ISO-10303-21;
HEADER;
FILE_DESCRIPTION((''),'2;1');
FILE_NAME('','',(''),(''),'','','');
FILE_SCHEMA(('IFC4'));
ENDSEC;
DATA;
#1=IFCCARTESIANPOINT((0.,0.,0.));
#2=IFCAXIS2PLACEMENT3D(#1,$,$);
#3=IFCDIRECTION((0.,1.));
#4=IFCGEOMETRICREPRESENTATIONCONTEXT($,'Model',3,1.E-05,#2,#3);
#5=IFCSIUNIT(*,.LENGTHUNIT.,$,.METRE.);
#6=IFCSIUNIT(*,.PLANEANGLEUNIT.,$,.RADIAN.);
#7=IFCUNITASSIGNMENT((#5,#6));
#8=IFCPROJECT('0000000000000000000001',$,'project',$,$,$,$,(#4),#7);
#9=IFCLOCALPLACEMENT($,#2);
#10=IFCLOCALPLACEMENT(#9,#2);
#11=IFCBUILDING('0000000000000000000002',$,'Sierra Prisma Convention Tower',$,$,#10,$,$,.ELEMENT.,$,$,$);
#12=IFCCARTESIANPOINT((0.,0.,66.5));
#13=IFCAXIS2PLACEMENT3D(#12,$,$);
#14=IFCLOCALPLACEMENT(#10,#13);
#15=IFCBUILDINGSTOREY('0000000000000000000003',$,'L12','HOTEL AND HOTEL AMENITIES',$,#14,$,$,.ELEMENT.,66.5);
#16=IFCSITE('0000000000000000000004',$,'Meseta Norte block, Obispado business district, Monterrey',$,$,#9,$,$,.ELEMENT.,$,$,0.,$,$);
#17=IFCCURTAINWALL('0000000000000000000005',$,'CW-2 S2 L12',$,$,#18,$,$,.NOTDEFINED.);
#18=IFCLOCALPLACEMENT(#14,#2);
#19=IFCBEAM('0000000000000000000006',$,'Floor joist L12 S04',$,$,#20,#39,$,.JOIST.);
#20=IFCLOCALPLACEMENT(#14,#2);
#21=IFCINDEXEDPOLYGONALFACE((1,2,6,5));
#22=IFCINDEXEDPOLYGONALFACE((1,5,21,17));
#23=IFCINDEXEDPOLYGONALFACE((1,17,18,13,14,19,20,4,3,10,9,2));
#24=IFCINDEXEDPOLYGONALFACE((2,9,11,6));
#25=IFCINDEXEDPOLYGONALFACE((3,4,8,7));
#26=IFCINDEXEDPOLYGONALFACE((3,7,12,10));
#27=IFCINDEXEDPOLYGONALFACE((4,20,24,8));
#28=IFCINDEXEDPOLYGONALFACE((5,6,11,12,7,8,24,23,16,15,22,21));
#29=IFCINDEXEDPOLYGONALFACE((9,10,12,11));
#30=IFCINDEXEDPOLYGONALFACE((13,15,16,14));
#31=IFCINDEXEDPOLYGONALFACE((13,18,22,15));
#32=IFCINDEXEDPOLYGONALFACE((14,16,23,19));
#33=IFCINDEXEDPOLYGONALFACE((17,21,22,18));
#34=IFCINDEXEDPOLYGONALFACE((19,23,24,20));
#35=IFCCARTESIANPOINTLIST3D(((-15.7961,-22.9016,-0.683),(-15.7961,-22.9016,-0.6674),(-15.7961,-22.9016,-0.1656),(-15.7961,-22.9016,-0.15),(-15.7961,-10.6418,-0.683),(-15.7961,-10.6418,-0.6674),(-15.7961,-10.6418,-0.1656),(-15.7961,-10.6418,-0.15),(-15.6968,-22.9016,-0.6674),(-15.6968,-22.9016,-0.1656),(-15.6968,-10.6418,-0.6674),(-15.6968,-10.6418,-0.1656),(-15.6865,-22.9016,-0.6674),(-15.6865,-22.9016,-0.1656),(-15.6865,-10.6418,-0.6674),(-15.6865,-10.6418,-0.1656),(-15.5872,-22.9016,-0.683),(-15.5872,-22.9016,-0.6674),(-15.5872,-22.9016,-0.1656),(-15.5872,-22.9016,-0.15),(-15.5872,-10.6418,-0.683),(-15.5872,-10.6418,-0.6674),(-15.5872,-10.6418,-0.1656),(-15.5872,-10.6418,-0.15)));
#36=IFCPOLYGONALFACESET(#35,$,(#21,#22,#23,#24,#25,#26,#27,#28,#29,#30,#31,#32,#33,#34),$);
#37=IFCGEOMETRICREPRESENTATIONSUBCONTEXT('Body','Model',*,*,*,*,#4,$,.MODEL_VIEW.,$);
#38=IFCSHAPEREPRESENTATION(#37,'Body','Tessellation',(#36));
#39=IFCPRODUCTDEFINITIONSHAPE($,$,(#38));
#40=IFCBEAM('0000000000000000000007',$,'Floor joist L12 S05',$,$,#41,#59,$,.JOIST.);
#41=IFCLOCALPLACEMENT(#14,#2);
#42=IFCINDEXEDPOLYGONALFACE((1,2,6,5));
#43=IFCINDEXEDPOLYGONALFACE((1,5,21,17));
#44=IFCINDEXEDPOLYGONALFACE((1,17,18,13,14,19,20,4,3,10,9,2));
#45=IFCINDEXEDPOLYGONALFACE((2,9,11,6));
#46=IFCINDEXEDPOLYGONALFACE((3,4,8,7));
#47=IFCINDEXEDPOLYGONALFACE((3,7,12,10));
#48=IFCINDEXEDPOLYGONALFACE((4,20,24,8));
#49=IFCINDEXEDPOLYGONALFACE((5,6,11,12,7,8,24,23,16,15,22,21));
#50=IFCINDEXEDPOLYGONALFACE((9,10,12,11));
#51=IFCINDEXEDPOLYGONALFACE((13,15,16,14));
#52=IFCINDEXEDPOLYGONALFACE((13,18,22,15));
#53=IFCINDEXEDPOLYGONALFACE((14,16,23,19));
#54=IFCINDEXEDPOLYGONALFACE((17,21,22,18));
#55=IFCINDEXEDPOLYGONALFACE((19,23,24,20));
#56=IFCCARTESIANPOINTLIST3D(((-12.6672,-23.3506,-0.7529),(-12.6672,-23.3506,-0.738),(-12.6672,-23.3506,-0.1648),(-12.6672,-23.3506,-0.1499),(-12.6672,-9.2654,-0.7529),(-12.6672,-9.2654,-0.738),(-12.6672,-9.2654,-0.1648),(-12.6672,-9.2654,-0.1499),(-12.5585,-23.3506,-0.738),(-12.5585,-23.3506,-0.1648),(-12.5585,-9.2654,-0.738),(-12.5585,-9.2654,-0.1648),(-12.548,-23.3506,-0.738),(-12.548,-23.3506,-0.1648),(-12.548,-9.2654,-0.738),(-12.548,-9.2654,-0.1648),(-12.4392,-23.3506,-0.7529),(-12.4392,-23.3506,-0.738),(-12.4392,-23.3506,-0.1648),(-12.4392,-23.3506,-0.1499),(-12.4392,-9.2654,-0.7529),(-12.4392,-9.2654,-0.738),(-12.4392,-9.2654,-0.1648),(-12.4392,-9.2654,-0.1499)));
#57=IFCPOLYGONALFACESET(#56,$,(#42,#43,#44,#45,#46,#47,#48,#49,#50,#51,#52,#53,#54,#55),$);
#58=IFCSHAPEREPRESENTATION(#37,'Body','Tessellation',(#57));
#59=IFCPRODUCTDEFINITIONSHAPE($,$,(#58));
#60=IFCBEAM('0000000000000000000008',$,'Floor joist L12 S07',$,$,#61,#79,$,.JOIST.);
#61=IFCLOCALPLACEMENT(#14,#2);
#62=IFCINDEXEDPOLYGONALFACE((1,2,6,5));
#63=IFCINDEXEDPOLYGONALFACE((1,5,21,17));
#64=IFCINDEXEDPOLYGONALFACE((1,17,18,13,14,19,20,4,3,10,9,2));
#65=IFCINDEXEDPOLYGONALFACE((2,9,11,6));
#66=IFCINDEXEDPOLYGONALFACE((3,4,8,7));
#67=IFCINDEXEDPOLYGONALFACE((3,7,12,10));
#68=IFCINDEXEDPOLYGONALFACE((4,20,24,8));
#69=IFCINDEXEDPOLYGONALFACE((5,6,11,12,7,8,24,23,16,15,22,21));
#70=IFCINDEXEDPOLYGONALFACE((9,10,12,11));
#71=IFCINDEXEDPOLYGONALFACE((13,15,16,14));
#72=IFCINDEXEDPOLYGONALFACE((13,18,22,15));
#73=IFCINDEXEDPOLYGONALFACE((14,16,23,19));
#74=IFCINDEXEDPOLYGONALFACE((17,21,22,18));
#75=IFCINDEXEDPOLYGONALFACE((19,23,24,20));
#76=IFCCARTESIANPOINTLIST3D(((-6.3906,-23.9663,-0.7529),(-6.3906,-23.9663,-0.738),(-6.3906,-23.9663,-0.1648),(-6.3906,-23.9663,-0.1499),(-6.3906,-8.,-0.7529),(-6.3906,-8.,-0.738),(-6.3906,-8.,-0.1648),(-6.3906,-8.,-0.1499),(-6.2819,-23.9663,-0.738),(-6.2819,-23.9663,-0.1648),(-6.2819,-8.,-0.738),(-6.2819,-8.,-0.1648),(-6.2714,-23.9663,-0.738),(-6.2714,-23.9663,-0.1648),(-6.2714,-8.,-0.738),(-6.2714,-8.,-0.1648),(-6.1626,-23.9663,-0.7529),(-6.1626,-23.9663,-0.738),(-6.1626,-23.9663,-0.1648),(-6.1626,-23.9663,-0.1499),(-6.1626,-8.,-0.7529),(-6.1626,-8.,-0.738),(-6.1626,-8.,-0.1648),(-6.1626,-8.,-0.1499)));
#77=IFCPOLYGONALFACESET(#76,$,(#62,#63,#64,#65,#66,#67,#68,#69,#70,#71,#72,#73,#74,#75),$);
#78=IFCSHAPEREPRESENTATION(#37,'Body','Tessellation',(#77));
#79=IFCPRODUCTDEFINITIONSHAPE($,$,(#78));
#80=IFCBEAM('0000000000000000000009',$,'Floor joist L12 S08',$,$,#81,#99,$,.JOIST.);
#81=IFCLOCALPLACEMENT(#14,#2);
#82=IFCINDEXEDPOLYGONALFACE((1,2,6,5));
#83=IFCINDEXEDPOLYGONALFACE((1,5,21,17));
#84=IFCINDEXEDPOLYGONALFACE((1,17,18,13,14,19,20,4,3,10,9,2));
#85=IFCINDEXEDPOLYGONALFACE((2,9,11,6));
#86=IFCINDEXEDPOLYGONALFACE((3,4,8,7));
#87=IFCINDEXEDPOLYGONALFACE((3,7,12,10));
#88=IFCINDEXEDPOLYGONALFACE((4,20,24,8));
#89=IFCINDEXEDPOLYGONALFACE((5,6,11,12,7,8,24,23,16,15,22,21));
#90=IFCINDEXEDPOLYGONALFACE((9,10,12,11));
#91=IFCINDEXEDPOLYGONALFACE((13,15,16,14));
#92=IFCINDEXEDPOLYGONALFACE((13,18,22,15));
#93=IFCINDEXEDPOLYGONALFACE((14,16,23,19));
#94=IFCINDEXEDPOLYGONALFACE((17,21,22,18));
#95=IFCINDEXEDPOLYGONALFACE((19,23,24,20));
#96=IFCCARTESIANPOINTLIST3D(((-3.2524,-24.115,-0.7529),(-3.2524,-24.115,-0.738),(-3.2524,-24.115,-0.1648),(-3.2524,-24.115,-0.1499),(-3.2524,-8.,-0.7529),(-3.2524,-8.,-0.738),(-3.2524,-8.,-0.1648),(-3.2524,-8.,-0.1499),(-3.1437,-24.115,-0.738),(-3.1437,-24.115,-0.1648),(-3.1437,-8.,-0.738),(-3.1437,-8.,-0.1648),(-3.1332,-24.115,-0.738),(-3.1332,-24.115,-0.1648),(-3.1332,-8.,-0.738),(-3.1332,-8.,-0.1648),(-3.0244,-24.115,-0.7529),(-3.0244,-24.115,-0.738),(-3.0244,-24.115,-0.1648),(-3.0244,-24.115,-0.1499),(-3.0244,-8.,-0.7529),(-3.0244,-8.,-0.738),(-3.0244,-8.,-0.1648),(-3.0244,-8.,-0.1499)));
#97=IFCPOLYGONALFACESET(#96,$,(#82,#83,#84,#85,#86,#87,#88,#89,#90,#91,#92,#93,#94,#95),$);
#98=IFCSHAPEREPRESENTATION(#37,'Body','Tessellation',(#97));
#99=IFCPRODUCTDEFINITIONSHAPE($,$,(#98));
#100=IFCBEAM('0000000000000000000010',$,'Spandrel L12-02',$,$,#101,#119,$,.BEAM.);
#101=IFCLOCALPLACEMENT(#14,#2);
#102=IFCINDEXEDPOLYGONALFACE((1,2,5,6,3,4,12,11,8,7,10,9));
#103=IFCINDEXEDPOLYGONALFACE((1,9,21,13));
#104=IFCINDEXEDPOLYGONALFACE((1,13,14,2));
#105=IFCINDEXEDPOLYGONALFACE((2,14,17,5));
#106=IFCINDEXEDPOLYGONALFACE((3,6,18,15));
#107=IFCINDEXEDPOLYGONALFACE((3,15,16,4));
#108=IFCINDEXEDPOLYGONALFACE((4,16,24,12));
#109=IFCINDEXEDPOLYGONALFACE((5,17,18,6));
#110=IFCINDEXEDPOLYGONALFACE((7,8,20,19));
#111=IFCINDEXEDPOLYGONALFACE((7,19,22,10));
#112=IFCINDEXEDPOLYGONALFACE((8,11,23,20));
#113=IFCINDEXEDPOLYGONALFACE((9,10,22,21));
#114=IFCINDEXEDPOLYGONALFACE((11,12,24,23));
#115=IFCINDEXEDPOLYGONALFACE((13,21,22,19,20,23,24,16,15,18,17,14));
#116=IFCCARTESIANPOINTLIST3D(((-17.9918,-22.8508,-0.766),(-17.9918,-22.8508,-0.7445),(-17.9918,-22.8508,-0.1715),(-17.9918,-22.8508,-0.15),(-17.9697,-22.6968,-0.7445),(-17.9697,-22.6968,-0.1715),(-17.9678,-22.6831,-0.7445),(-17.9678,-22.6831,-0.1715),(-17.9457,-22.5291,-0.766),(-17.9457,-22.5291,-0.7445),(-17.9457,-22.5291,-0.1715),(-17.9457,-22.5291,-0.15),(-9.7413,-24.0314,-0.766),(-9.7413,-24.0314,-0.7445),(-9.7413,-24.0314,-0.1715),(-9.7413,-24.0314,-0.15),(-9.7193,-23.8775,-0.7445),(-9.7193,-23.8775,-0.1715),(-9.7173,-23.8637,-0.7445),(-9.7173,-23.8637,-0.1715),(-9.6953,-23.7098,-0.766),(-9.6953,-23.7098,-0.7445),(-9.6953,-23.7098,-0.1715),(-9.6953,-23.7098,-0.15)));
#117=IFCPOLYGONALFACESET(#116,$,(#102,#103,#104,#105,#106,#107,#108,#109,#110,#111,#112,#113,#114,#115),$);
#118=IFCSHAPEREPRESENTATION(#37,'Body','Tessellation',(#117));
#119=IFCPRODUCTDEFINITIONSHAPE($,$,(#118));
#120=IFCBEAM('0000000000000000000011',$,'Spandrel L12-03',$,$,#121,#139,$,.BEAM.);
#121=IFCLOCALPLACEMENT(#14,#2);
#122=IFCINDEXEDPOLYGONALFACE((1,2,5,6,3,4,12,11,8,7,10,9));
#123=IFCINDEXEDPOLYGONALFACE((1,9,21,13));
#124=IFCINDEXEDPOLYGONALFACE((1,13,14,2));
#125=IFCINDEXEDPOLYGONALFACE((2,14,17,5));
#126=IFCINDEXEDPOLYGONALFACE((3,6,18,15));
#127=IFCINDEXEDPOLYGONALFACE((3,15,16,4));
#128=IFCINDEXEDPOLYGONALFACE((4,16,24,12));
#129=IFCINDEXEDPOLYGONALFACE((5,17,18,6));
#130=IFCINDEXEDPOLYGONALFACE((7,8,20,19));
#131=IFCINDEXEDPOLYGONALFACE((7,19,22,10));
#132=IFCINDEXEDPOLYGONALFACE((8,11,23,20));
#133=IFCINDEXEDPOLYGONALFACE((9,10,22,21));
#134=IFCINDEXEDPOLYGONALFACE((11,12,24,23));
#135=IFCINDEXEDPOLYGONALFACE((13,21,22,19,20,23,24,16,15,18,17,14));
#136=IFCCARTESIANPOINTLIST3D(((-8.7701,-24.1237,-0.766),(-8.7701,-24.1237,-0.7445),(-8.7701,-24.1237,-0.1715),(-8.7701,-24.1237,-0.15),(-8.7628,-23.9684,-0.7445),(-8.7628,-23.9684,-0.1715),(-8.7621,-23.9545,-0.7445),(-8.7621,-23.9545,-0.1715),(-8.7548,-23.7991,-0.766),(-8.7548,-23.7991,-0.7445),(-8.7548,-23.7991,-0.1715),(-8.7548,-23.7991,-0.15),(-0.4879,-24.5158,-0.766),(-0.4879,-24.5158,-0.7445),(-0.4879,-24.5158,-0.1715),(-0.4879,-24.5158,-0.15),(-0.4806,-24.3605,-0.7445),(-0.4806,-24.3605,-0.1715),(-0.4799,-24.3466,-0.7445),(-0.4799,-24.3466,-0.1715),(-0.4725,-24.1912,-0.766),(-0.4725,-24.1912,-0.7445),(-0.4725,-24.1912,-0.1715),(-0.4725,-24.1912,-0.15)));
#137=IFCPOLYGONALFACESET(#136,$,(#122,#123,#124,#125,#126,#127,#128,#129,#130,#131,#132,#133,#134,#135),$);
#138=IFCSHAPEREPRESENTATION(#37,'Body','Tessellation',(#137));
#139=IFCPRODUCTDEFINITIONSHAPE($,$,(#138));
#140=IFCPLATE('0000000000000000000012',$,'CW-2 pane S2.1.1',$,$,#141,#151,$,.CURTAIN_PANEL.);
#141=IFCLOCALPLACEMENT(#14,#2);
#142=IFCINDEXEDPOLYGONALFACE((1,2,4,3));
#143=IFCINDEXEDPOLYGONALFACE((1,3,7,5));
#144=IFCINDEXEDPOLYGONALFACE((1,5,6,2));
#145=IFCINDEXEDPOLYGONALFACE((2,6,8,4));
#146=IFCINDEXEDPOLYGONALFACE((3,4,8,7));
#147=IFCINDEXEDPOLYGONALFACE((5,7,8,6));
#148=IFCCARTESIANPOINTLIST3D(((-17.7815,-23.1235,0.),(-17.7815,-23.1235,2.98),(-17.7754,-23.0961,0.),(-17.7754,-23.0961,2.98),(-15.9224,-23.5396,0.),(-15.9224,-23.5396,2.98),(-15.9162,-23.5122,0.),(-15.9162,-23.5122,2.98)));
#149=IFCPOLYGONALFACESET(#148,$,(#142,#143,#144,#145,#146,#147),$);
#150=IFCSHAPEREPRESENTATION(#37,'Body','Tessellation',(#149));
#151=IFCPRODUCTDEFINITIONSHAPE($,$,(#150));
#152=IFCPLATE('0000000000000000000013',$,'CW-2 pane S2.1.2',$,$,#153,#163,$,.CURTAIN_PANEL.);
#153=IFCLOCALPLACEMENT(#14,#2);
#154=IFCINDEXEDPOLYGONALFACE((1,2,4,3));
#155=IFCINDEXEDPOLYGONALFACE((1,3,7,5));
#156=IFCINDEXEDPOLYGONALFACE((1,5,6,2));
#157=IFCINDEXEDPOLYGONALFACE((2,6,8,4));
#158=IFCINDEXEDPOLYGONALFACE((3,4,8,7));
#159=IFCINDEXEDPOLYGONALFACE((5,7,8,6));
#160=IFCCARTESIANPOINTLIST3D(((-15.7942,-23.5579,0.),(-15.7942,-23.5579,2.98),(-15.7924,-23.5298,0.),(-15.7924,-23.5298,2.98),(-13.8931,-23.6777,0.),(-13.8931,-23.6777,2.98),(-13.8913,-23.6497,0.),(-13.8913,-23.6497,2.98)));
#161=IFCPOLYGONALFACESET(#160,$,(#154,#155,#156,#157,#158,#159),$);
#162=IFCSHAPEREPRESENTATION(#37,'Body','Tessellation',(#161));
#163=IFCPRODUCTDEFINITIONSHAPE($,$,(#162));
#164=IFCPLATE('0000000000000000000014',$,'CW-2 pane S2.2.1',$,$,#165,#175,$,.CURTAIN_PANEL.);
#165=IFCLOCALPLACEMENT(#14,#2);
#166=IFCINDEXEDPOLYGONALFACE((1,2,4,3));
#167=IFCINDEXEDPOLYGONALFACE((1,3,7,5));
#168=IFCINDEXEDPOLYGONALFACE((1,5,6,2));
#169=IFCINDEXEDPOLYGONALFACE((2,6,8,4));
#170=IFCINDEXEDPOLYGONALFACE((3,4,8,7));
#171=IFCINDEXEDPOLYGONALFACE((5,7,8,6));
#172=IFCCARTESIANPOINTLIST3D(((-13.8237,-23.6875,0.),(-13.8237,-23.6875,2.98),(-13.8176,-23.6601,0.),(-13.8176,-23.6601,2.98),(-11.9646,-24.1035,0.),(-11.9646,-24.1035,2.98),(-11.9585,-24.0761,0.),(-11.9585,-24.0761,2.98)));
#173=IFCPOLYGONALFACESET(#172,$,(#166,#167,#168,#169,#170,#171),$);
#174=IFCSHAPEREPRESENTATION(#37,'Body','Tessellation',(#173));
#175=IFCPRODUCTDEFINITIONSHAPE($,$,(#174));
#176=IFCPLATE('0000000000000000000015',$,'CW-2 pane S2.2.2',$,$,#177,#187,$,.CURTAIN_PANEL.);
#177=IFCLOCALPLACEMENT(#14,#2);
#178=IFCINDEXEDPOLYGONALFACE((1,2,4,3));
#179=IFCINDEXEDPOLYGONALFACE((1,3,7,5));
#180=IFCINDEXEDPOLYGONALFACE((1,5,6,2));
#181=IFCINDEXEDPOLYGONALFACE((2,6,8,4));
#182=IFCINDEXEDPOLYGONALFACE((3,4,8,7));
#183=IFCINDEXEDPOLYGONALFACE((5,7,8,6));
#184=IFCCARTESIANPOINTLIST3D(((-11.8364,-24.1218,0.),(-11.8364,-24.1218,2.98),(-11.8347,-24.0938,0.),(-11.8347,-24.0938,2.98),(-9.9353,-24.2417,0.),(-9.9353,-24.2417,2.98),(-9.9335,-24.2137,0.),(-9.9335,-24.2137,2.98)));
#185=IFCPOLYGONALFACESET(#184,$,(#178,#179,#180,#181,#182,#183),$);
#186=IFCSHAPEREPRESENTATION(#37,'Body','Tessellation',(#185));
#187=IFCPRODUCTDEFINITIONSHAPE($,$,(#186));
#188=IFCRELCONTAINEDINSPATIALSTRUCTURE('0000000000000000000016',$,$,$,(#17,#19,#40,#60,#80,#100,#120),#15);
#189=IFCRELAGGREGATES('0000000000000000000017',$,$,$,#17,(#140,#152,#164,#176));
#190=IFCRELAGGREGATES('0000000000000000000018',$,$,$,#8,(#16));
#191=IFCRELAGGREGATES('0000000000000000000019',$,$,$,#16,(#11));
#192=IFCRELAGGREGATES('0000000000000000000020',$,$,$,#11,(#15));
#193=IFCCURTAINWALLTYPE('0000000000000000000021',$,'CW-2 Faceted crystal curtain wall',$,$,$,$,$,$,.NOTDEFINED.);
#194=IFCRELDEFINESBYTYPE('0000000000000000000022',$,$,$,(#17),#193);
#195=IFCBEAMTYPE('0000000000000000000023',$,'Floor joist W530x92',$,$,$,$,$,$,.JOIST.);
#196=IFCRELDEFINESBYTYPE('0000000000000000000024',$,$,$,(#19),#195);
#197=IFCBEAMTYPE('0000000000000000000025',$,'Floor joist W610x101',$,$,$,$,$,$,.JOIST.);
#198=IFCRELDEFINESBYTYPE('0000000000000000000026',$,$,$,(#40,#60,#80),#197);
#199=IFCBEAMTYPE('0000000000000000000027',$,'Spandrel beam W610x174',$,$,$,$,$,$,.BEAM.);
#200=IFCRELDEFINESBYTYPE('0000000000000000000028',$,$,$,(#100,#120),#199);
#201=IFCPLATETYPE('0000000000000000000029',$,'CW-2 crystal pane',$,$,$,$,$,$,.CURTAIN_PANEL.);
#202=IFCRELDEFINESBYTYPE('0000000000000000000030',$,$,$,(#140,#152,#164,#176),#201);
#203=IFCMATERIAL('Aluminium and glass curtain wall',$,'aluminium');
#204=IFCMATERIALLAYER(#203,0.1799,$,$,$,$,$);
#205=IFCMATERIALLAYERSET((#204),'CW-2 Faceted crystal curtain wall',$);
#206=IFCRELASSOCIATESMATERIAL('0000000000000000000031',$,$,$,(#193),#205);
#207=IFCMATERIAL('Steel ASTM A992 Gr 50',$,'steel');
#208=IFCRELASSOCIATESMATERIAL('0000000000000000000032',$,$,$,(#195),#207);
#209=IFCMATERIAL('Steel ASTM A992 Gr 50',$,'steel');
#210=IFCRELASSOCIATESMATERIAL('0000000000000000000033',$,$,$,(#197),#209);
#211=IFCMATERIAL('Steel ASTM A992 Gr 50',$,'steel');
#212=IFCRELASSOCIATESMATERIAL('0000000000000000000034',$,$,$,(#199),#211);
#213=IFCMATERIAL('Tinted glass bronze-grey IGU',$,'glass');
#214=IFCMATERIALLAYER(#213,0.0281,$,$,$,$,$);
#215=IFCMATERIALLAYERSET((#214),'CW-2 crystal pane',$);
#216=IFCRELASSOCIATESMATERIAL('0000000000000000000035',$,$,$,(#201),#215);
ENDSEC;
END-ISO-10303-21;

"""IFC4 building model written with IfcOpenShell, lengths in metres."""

from ifc_helpers import new_model, si_unit, direction, frame, origin, origin_2d, place, context, subcontext, project, spatial, polyline, i_section, outline, extrude, material, layer, layer_set, material_profile, profile_set, type_object, element, aggregate, save


model = new_model("IFC4")

# Units and contexts
model_context = context("Model", 3, precision=1e-05, world=origin(), true_north=direction((0.0, 1.0)))
body_context = subcontext(model_context, "Body", "Model", "MODEL_VIEW")
ifc_project = project(units=[si_unit("LENGTHUNIT", "METRE"), si_unit("PLANEANGLEUNIT", "RADIAN")], contexts=[model_context])

# Site, building, storey
site_placement = place(None, origin())
site = spatial("IfcSite", under=ifc_project, at=site_placement, Name="Meseta Norte block, Obispado business district, Monterrey", CompositionType="ELEMENT", RefElevation=0.0)
building_placement = place(site_placement, origin())
building = spatial("IfcBuilding", under=site, at=building_placement, Name="Sierra Prisma Convention Tower", CompositionType="ELEMENT")
storey_placement = place(building_placement, frame((0.0, 0.0, 66.5)))
storey = spatial("IfcBuildingStorey", under=building, at=storey_placement, Name="L12", Description="HOTEL AND HOTEL AMENITIES", CompositionType="ELEMENT", Elevation=66.5)

# Curtain wall
ifc_material_1 = material(Name="Aluminium and glass curtain wall", Category="aluminium")
ifc_layer_1 = layer(ifc_material_1, 0.1799)
ifc_layer_set_1 = layer_set([ifc_layer_1], Name="CW-2 Faceted crystal curtain wall")
curtain_wall_type = type_object("IfcCurtainWallType", Name="CW-2 Faceted crystal curtain wall", PredefinedType="NOTDEFINED", material=ifc_layer_set_1)
curtain_wall_1_placement = place(storey_placement, origin())
curtain_wall_1 = element("IfcCurtainWall", 1, at=curtain_wall_1_placement, inside=storey, type_object=curtain_wall_type, Name="CW-2 S2 L12", PredefinedType="NOTDEFINED")

# Beams
ifc_material_2 = material(Name="Steel ASTM A992 Gr 50", Category="steel")
ifc_material_profile_1 = material_profile(ifc_material_2, i_section(OverallWidth=0.209, OverallDepth=0.533, WebThickness=0.0103, FlangeThickness=0.0156, at=origin_2d()), Name="W530x92")
ifc_profile_set_1 = profile_set([ifc_material_profile_1], Name="Steel ASTM A992 Gr 50")
beam_type_1 = type_object("IfcBeamType", Name="Floor joist W530x92", PredefinedType="JOIST", material=ifc_profile_set_1)
beam_1_placement = place(storey_placement, frame((-15.6917, -22.9016, -0.4165), z_axis=(0.0, 1.0, 0.0), x_axis=(-1.0, 0.0, 0.0)))
element("IfcBeam", 2, at=beam_1_placement, inside=storey, type_object=beam_type_1, Name="Floor joist L12 S04", PredefinedType="JOIST", context=body_context, shape_type="SweptSolid", body=[
    extrude(i_section(OverallWidth=0.209, OverallDepth=0.533, WebThickness=0.0103, FlangeThickness=0.0156, at=origin_2d()), origin(), (0.0, 0.0, 1.0), 12.2598),
])
ifc_material_3 = material(Name="Steel ASTM A992 Gr 50", Category="steel")
ifc_material_profile_2 = material_profile(ifc_material_3, i_section(OverallWidth=0.228, OverallDepth=0.603, WebThickness=0.0105, FlangeThickness=0.0149, at=origin_2d()), Name="W610x101")
ifc_profile_set_2 = profile_set([ifc_material_profile_2], Name="Steel ASTM A992 Gr 50")
beam_type_2 = type_object("IfcBeamType", Name="Floor joist W610x101", PredefinedType="JOIST", material=ifc_profile_set_2)
beam_2_placement = place(storey_placement, frame((-12.5532, -23.3506, -0.4514), z_axis=(0.0, 1.0, 0.0), x_axis=(-1.0, 0.0, 0.0)))
element("IfcBeam", 3, at=beam_2_placement, inside=storey, type_object=beam_type_2, Name="Floor joist L12 S05", PredefinedType="JOIST", context=body_context, shape_type="SweptSolid", body=[
    extrude(i_section(OverallWidth=0.228, OverallDepth=0.603, WebThickness=0.0105, FlangeThickness=0.0149, at=origin_2d()), origin(), (0.0, 0.0, 1.0), 14.0852),
])
beam_3_placement = place(storey_placement, frame((-6.2766, -23.9663, -0.4514), z_axis=(0.0, 1.0, 0.0), x_axis=(-1.0, 0.0, 0.0)))
element("IfcBeam", 4, at=beam_3_placement, inside=storey, type_object=beam_type_2, Name="Floor joist L12 S07", PredefinedType="JOIST", context=body_context, shape_type="SweptSolid", body=[
    extrude(i_section(OverallWidth=0.228, OverallDepth=0.603, WebThickness=0.0105, FlangeThickness=0.0149, at=origin_2d()), origin(), (0.0, 0.0, 1.0), 15.9663),
])
beam_4_placement = place(storey_placement, frame((-3.1384, -24.115, -0.4514), z_axis=(0.0, 1.0, 0.0), x_axis=(-1.0, 0.0, 0.0)))
element("IfcBeam", 5, at=beam_4_placement, inside=storey, type_object=beam_type_2, Name="Floor joist L12 S08", PredefinedType="JOIST", context=body_context, shape_type="SweptSolid", body=[
    extrude(i_section(OverallWidth=0.228, OverallDepth=0.603, WebThickness=0.0105, FlangeThickness=0.0149, at=origin_2d()), origin(), (0.0, 0.0, 1.0), 16.115),
])
ifc_material_4 = material(Name="Steel ASTM A992 Gr 50", Category="steel")
ifc_material_profile_3 = material_profile(ifc_material_4, i_section(OverallWidth=0.325, OverallDepth=0.616, WebThickness=0.0139, FlangeThickness=0.0215, at=origin_2d()), Name="W610x174")
ifc_profile_set_3 = profile_set([ifc_material_profile_3], Name="Steel ASTM A992 Gr 50")
beam_type_3 = type_object("IfcBeamType", Name="Spandrel beam W610x174", PredefinedType="BEAM", material=ifc_profile_set_3)
beam_5_placement = place(storey_placement, frame((-17.9688, -22.6899, -0.458), z_axis=(0.989915, -0.141659, 0.0), x_axis=(0.141659, 0.989915, 0.0)))
element("IfcBeam", 6, at=beam_5_placement, inside=storey, type_object=beam_type_3, Name="Spandrel L12-02", PredefinedType="BEAM", context=body_context, shape_type="SweptSolid", body=[
    extrude(i_section(OverallWidth=0.325, OverallDepth=0.616, WebThickness=0.0139, FlangeThickness=0.0215, at=origin_2d()), origin(), (0.0, 0.0, 1.0), 8.3345),
])
beam_6_placement = place(storey_placement, frame((-8.7625, -23.9614, -0.458), z_axis=(0.998881, -0.047288, 0.0), x_axis=(0.047288, 0.998881, 0.0)))
element("IfcBeam", 7, at=beam_6_placement, inside=storey, type_object=beam_type_3, Name="Spandrel L12-03", PredefinedType="BEAM", context=body_context, shape_type="SweptSolid", body=[
    extrude(i_section(OverallWidth=0.325, OverallDepth=0.616, WebThickness=0.0139, FlangeThickness=0.0215, at=origin_2d()), origin(), (0.0, 0.0, 1.0), 8.2915),
])

# Plates
ifc_material_5 = material(Name="Tinted glass bronze-grey IGU", Category="glass")
ifc_layer_2 = layer(ifc_material_5, 0.0281)
ifc_layer_set_2 = layer_set([ifc_layer_2], Name="CW-2 crystal pane")
plate_type = type_object("IfcPlateType", Name="CW-2 crystal pane", PredefinedType="CURTAIN_PANEL", material=ifc_layer_set_2)
plate_1_placement = place(storey_placement, frame((-17.7815, -23.1235, 0.0), z_axis=(-0.218369, -0.975866, 0.0), x_axis=(0.975866, -0.218369, 0.0)))
plate_1 = element("IfcPlate", 8, at=plate_1_placement, type_object=plate_type, Name="CW-2 pane S2.1.1", PredefinedType="CURTAIN_PANEL", context=body_context, shape_type="SweptSolid", body=[
    extrude(outline(polyline([(0.0, 0.0), (1.9051, 0.0), (1.9051, 2.98), (0.0, 2.98), (0.0, 0.0)])), origin(), (0.0, 0.0, -1.0), 0.0281),
])
plate_2_placement = place(storey_placement, frame((-13.8931, -23.6777, 0.0), z_axis=(-0.062929, -0.998018, 0.0), x_axis=(-0.998018, 0.062929, 0.0)))
plate_2 = element("IfcPlate", 9, at=plate_2_placement, type_object=plate_type, Name="CW-2 pane S2.1.2", PredefinedType="CURTAIN_PANEL", context=body_context, shape_type="SweptSolid", body=[
    extrude(outline(polyline([(0.0, 0.0), (1.9049, 0.0), (1.9049, -2.98), (0.0, -2.98), (0.0, 0.0)])), origin(), (0.0, 0.0, -1.0), 0.0281),
])
plate_3_placement = place(storey_placement, frame((-13.8237, -23.6875, 0.0), z_axis=(-0.218369, -0.975866, 0.0), x_axis=(0.975866, -0.218369, 0.0)))
plate_3 = element("IfcPlate", 10, at=plate_3_placement, type_object=plate_type, Name="CW-2 pane S2.2.1", PredefinedType="CURTAIN_PANEL", context=body_context, shape_type="SweptSolid", body=[
    extrude(outline(polyline([(0.0, 0.0), (1.9051, 0.0), (1.9051, 2.98), (0.0, 2.98), (0.0, 0.0)])), origin(), (0.0, 0.0, -1.0), 0.0281),
])
plate_4_placement = place(storey_placement, frame((-9.9353, -24.2417, 0.0), z_axis=(-0.062929, -0.998018, 0.0), x_axis=(-0.998018, 0.062929, 0.0)))
plate_4 = element("IfcPlate", 11, at=plate_4_placement, type_object=plate_type, Name="CW-2 pane S2.2.2", PredefinedType="CURTAIN_PANEL", context=body_context, shape_type="SweptSolid", body=[
    extrude(outline(polyline([(0.0, 0.0), (1.9049, 0.0), (1.9049, -2.98), (0.0, -2.98), (0.0, 0.0)])), origin(), (0.0, 0.0, -1.0), 0.0281),
])
aggregate(curtain_wall_1, [plate_1, plate_2, plate_3, plate_4])

save(model, "model.ifc")
